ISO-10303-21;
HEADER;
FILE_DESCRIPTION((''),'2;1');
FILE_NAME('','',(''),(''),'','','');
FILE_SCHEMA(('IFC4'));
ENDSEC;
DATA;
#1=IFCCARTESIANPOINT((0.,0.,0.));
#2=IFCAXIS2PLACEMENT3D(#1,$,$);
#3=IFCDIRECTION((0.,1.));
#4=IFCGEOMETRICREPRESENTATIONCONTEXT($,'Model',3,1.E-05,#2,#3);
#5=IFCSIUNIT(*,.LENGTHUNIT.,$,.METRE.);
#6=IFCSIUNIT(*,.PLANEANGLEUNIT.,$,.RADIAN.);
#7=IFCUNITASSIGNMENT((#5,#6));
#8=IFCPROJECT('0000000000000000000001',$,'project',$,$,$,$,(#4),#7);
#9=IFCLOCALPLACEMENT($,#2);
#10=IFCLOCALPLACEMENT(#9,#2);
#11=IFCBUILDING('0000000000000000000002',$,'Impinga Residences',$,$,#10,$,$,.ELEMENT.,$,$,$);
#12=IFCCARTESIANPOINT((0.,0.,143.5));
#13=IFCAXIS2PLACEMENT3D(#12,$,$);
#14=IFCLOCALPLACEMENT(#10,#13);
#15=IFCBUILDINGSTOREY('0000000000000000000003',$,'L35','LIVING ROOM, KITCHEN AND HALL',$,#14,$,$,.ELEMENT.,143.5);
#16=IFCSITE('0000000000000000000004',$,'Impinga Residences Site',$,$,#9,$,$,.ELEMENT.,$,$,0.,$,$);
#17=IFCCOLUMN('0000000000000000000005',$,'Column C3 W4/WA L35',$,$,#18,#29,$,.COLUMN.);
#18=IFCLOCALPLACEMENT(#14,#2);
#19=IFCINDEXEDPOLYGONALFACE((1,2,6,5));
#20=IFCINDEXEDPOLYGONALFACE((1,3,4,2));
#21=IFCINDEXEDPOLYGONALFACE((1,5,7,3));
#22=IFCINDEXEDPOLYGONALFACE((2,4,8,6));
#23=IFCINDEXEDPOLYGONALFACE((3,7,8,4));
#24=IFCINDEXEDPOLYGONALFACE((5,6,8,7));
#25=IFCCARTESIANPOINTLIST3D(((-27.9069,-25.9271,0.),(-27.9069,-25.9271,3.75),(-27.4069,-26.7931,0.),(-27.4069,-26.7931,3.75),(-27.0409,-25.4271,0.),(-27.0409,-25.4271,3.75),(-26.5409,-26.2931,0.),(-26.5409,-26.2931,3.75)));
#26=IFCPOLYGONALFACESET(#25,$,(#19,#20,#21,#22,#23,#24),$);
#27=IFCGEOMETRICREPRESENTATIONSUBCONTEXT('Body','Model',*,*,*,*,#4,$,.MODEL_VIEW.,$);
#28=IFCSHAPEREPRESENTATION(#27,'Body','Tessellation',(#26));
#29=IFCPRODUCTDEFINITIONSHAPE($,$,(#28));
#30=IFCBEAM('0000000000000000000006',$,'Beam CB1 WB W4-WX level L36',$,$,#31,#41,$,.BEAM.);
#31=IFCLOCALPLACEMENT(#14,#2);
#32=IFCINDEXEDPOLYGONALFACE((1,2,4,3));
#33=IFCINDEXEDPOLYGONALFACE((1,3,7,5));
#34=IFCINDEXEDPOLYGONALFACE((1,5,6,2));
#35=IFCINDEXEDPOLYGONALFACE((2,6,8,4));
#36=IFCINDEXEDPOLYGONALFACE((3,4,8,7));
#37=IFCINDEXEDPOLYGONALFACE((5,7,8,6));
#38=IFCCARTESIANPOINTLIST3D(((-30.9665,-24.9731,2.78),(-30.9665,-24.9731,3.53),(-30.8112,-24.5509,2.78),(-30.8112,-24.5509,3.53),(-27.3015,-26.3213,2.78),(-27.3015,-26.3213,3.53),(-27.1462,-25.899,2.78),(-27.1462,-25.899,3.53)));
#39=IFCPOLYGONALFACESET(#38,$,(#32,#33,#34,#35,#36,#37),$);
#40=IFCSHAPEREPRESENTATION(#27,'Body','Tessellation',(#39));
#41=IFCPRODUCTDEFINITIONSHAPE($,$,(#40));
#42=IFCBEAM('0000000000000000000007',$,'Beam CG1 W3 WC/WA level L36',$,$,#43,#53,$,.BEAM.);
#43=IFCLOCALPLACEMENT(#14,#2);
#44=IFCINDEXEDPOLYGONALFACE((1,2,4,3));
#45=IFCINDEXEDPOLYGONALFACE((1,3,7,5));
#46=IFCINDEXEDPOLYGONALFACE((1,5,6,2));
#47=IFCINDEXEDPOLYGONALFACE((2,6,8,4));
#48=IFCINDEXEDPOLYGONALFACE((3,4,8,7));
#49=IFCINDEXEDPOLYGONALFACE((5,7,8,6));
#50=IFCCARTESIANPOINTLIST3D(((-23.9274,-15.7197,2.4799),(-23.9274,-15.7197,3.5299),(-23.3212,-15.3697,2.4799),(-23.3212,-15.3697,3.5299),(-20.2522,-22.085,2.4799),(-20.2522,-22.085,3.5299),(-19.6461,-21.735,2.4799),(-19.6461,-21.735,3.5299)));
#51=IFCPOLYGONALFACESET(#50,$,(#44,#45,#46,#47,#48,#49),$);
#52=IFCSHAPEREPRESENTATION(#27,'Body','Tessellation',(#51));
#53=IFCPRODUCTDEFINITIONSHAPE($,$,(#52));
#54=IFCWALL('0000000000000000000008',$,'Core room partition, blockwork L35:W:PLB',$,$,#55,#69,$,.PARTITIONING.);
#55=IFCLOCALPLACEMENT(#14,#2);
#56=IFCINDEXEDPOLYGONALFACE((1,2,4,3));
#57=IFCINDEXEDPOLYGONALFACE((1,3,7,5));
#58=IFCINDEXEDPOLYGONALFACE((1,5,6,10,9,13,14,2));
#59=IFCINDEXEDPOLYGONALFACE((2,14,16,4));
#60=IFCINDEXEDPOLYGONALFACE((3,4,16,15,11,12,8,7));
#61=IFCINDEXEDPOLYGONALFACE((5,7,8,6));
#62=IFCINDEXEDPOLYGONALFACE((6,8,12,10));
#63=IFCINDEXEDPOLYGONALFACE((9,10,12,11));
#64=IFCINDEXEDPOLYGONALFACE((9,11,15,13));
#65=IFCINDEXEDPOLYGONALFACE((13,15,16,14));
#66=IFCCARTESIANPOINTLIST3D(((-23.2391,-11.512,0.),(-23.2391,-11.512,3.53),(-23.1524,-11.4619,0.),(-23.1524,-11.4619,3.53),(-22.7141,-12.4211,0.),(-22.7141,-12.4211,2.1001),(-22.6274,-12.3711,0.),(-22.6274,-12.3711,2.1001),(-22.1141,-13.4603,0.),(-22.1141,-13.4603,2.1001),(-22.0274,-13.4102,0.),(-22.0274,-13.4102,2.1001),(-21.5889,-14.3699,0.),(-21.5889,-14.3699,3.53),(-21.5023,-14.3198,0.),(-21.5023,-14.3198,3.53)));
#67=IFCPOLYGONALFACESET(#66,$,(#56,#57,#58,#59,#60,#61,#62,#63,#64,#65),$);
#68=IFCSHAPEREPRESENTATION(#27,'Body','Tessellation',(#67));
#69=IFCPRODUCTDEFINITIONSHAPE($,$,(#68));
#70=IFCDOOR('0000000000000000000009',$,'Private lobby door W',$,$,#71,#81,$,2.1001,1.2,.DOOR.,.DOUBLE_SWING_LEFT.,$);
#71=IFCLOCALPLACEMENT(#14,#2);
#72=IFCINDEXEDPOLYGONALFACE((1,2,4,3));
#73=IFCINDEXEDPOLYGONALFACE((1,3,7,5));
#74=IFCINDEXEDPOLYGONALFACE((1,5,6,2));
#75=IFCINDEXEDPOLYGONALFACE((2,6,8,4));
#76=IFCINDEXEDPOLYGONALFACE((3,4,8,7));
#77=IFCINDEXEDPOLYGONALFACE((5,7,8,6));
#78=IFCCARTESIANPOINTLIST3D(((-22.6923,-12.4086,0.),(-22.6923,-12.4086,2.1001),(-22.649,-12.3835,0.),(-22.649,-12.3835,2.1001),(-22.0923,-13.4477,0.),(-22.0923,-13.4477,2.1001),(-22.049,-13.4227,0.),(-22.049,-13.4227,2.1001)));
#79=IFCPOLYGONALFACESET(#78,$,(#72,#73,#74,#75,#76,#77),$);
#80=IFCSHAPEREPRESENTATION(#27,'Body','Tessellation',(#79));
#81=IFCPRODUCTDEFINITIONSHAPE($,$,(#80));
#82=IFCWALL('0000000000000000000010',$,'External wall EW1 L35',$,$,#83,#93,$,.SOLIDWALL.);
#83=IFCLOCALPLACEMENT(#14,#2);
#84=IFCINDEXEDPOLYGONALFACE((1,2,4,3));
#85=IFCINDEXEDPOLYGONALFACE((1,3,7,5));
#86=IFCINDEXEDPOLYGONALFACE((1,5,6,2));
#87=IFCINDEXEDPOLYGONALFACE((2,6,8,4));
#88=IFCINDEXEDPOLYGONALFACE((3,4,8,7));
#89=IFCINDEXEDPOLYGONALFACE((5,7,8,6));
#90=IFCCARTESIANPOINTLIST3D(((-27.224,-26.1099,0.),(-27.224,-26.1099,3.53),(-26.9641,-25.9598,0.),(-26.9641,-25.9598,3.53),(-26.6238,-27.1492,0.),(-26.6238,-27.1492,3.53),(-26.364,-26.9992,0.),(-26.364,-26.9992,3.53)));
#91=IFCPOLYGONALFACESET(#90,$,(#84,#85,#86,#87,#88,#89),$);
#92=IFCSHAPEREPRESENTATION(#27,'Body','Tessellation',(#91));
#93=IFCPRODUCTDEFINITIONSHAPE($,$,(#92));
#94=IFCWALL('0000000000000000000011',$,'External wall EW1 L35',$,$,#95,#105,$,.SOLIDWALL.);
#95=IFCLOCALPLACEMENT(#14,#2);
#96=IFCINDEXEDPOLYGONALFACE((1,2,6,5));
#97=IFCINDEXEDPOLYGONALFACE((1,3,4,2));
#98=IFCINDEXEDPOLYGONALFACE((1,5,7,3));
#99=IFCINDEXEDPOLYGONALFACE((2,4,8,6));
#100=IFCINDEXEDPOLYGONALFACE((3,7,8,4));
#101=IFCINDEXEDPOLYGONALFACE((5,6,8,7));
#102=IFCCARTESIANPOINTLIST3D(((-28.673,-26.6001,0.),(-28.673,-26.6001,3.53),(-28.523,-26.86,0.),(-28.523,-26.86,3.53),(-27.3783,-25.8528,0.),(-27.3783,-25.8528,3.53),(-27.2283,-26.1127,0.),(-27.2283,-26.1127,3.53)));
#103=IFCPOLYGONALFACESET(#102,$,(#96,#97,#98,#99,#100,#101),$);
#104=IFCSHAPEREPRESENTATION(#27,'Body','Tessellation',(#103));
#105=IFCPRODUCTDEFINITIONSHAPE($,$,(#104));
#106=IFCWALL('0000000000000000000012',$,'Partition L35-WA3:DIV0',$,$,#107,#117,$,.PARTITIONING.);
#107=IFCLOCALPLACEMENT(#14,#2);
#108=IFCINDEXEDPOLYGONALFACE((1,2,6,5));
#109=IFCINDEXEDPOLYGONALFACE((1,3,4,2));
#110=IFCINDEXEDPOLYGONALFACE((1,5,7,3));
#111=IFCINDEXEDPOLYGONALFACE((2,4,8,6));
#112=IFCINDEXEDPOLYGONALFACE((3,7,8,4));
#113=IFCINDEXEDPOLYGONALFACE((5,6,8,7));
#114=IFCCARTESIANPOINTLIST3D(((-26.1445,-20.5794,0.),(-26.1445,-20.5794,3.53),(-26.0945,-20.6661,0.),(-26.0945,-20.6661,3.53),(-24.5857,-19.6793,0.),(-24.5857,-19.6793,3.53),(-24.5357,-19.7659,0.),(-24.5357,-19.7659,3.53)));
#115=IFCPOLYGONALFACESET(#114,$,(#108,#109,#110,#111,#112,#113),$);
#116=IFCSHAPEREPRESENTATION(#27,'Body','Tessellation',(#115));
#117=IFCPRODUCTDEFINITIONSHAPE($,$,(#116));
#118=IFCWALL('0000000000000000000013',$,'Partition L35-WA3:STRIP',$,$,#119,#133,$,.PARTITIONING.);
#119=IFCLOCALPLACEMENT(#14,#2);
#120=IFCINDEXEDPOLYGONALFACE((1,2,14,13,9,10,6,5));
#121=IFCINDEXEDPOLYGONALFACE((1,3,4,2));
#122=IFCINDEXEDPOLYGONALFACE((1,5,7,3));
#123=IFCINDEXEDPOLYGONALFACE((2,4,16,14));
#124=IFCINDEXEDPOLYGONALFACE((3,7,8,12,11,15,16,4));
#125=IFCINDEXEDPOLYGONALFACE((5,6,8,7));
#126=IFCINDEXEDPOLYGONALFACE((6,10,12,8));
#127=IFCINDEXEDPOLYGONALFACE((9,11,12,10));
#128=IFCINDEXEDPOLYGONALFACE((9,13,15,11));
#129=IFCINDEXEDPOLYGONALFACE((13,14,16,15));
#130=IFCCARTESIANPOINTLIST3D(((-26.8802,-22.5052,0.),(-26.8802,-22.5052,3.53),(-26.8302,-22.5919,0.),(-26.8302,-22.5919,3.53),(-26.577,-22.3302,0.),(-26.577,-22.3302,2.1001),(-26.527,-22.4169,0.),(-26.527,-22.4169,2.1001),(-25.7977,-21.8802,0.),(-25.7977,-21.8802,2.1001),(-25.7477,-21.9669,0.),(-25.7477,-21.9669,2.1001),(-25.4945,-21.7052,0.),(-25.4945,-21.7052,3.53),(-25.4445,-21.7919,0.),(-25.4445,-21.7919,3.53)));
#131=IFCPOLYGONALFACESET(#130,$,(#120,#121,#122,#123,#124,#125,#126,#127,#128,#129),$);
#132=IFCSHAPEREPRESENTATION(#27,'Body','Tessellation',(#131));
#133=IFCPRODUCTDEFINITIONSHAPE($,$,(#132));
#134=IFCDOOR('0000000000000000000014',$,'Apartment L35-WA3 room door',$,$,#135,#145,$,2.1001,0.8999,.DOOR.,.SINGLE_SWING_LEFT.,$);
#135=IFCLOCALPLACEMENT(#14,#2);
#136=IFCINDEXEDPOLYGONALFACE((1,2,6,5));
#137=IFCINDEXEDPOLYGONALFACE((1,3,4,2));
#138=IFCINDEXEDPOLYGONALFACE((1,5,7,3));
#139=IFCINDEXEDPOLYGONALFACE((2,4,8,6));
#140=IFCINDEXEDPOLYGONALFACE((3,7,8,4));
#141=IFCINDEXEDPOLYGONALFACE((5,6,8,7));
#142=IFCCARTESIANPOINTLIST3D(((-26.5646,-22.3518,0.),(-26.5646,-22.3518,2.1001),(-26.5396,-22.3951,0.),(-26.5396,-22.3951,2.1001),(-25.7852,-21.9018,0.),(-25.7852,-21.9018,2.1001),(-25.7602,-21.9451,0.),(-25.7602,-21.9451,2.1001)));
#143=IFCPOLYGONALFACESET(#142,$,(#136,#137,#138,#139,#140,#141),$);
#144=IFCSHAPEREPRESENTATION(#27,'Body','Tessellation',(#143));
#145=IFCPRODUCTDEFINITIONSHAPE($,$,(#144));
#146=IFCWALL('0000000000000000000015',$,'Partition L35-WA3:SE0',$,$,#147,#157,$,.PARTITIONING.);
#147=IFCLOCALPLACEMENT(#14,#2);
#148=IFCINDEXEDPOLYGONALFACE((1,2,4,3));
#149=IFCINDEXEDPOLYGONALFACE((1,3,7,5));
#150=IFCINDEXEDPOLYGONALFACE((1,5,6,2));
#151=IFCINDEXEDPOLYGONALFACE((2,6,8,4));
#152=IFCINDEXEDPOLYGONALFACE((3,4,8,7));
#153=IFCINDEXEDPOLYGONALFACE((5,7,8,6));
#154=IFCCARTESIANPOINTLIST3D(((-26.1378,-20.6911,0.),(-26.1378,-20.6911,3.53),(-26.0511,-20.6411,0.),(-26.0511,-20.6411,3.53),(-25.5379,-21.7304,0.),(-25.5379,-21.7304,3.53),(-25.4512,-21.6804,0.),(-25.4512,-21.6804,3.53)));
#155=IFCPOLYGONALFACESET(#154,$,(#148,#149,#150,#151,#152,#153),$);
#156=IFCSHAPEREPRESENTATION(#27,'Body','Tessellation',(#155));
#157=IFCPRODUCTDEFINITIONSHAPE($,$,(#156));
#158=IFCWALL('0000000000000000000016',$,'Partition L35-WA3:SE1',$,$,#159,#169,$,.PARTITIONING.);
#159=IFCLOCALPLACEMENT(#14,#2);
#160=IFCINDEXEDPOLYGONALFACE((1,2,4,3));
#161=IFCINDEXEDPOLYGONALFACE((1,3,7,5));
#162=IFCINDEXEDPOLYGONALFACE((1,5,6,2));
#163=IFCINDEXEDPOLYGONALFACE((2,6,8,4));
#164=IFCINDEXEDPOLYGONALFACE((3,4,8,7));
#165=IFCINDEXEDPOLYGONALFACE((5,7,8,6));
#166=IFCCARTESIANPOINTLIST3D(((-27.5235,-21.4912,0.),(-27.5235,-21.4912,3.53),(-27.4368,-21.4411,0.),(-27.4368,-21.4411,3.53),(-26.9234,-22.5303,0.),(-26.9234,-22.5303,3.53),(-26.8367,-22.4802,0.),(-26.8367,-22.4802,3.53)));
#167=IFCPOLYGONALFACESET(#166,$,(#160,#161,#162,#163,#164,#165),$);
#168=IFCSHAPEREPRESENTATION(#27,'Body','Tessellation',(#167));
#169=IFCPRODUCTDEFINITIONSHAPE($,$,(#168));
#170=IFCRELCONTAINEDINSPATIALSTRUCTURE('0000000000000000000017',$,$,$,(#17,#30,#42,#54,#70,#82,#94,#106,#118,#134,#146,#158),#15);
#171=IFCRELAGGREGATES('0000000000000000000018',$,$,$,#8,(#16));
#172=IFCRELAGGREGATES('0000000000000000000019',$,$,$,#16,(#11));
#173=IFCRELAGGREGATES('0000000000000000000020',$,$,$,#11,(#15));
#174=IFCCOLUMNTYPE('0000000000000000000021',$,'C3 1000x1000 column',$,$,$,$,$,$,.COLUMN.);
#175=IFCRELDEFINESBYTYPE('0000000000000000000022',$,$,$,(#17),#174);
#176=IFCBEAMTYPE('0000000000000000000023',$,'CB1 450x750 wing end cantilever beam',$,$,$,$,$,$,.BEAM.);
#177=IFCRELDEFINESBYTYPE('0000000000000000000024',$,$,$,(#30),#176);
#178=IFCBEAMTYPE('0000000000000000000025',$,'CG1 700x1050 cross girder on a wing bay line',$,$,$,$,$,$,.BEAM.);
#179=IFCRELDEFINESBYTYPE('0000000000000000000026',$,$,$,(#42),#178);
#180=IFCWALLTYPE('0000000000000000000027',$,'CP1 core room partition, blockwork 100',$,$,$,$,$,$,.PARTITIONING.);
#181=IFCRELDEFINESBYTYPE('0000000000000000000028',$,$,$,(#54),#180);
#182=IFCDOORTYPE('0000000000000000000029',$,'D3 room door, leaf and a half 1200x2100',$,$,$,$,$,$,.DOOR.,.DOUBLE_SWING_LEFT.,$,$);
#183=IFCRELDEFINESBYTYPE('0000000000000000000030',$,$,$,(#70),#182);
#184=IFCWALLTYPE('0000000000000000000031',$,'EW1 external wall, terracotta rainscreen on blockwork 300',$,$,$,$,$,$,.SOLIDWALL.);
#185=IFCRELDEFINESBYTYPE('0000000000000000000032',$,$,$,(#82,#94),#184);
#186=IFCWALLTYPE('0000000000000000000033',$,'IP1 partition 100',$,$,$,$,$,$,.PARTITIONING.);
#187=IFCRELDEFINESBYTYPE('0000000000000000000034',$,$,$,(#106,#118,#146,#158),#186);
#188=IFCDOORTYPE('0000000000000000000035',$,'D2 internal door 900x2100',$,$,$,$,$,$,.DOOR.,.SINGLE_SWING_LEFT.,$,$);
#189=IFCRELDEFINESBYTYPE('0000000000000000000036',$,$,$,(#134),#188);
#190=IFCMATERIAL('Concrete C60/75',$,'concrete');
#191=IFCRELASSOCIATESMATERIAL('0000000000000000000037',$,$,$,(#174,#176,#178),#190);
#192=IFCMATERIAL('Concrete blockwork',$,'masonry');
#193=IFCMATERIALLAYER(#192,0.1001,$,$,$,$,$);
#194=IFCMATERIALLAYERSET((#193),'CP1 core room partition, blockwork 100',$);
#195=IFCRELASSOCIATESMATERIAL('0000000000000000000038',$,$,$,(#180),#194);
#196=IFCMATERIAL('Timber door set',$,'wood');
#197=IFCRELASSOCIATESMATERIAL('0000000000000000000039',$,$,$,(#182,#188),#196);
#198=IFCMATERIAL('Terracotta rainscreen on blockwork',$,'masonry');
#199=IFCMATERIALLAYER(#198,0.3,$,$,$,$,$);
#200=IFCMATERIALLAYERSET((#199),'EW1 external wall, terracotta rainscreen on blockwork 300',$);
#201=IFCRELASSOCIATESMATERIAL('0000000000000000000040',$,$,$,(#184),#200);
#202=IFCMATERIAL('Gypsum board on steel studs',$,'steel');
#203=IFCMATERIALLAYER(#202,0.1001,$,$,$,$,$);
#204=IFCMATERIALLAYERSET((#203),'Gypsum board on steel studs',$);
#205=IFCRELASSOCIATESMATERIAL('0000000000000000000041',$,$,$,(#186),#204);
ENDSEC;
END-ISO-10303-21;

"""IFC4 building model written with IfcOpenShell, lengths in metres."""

from ifc_helpers import new_model, si_unit, direction, frame, frame_2d, origin, origin_2d, place, context, subcontext, project, spatial, rectangle, extrude, material, layer, layer_set, material_profile, profile_set, type_object, element, fill, save


model = new_model("IFC4")

# Units and contexts
model_context = context("Model", 3, precision=1e-05, world=origin(), true_north=direction((0.0, 1.0)))
body_context = subcontext(model_context, "Body", "Model", "MODEL_VIEW")
ifc_project = project(units=[si_unit("LENGTHUNIT", "METRE"), si_unit("PLANEANGLEUNIT", "RADIAN")], contexts=[model_context])

# Site, building, storey
site_placement = place(None, origin())
site = spatial("IfcSite", under=ifc_project, at=site_placement, Name="Impinga Residences Site", CompositionType="ELEMENT", RefElevation=0.0)
building_placement = place(site_placement, origin())
building = spatial("IfcBuilding", under=site, at=building_placement, Name="Impinga Residences", CompositionType="ELEMENT")
storey_placement = place(building_placement, frame((0.0, 0.0, 143.5)))
storey = spatial("IfcBuildingStorey", under=building, at=storey_placement, Name="L35", Description="LIVING ROOM, KITCHEN AND HALL", CompositionType="ELEMENT", Elevation=143.5)

# Column
ifc_material_1 = material(Name="Concrete C60/75", Category="concrete")
ifc_material_profile_1 = material_profile(ifc_material_1, rectangle(XDim=1.0, YDim=1.0, at=origin_2d()), Name="RC 1000x1000")
ifc_profile_set_1 = profile_set([ifc_material_profile_1], Name="Concrete C60/75")
column_type = type_object("IfcColumnType", Name="C3 1000x1000 column", PredefinedType="COLUMN", material=ifc_profile_set_1)
column_placement = place(storey_placement, frame((-27.2239, -26.1101, 0.0), z_axis=(0.0, 0.0, 1.0), x_axis=(-0.5, 0.866025, 0.0)))
element("IfcColumn", 1, at=column_placement, inside=storey, type_object=column_type, Name="Column C3 W4/WA L35", PredefinedType="COLUMN", context=body_context, shape_type="SweptSolid", body=[
    extrude(rectangle(XDim=1.0, YDim=1.0, at=origin_2d()), origin(), (0.0, 0.0, 1.0), 3.75),
])

# Beams
ifc_material_profile_2 = material_profile(ifc_material_1, rectangle(XDim=0.45, YDim=0.75, at=origin_2d()), Name="RC 450x750")
ifc_profile_set_2 = profile_set([ifc_material_profile_2], Name="Concrete C60/75")
beam_type_1 = type_object("IfcBeamType", Name="CB1 450x750 wing end cantilever beam", PredefinedType="BEAM", material=ifc_profile_set_2)
beam_1_placement = place(storey_placement, frame((-27.2239, -26.1101, 3.155), z_axis=(-0.93852, 0.345224, 0.0), x_axis=(-0.345224, -0.93852, 0.0)))
element("IfcBeam", 2, at=beam_1_placement, inside=storey, type_object=beam_type_1, Name="Beam CB1 WB W4-WX level L36", PredefinedType="BEAM", context=body_context, shape_type="SweptSolid", body=[
    extrude(rectangle(XDim=0.45, YDim=0.75, at=origin_2d()), origin(), (0.0, 0.0, 1.0), 3.905),
])
ifc_material_profile_3 = material_profile(ifc_material_1, rectangle(XDim=0.7, YDim=1.05, at=origin_2d()), Name="RC 700x1050")
ifc_profile_set_3 = profile_set([ifc_material_profile_3], Name="Concrete C60/75")
beam_type_2 = type_object("IfcBeamType", Name="CG1 700x1050 cross girder on a wing bay line", PredefinedType="BEAM", material=ifc_profile_set_3)
beam_2_placement = place(storey_placement, frame((-23.6243, -15.5447, 3.0049), z_axis=(0.500008, -0.866021, 0.0), x_axis=(0.866021, 0.500008, 0.0)))
element("IfcBeam", 3, at=beam_2_placement, inside=storey, type_object=beam_type_2, Name="Beam CG1 W3 WC/WA level L36", PredefinedType="BEAM", context=body_context, shape_type="SweptSolid", body=[
    extrude(rectangle(XDim=0.7, YDim=1.05, at=origin_2d()), origin(), (0.0, 0.0, 1.0), 7.3501),
])

# Wall, opening, door
ifc_material_2 = material(Name="Concrete blockwork", Category="masonry")
ifc_layer_1 = layer(ifc_material_2, 0.1001)
ifc_layer_set_1 = layer_set([ifc_layer_1], Name="CP1 core room partition, blockwork 100")
wall_type_1 = type_object("IfcWallType", Name="CP1 core room partition, blockwork 100", PredefinedType="PARTITIONING", material=ifc_layer_set_1)
wall_1_placement = place(storey_placement, frame((-21.5457, -14.3447, 0.0), z_axis=(0.0, 0.0, 1.0), x_axis=(-0.50003, 0.866008, 0.0)))
wall_1 = element("IfcWall", 4, at=wall_1_placement, inside=storey, type_object=wall_type_1, Name="Core room partition, blockwork L35:W:PLB", PredefinedType="PARTITIONING", context=body_context, shape_type="SweptSolid", body=[
    extrude(rectangle(XDim=3.3, YDim=0.1001, at=frame_2d((1.6499, 0.0))), origin(), (0.0, 0.0, 1.0), 3.53),
])
opening_1_placement = place(wall_1_placement, frame((1.05, 0.0, 0.0)))
opening_1 = element("IfcOpeningElement", 5, at=opening_1_placement, cuts=wall_1, PredefinedType="OPENING", context=body_context, shape_type="SweptSolid", body=[
    extrude(rectangle(XDim=1.2, YDim=2.1001, at=frame_2d((0.6001, 1.05))), frame((0.0, 0.0601, 0.0), z_axis=(0.0, -1.0, 0.0), x_axis=(1.0, 0.0, 0.0)), (0.0, 0.0, 1.0), 0.1201),
])
ifc_material_3 = material(Name="Timber door set", Category="wood")
door_type_1 = type_object("IfcDoorType", Name="D3 room door, leaf and a half 1200x2100", OperationType="DOUBLE_SWING_LEFT", PredefinedType="DOOR", material=ifc_material_3)
door_1_placement = place(opening_1_placement, origin())
door_1 = element("IfcDoor", 6, at=door_1_placement, inside=storey, type_object=door_type_1, Name="Private lobby door W", OperationType="DOUBLE_SWING_LEFT", OverallHeight=2.1001, OverallWidth=1.2, PredefinedType="DOOR", context=body_context, shape_type="SweptSolid", body=[
    extrude(rectangle(XDim=1.2, YDim=2.1001, at=frame_2d((0.6001, 1.05))), frame((0.0, 0.0249, 0.0), z_axis=(0.0, -1.0, 0.0), x_axis=(1.0, 0.0, 0.0)), (0.0, 0.0, 1.0), 0.05),
])
fill(opening_1, door_1)

# Walls
ifc_material_4 = material(Name="Terracotta rainscreen on blockwork", Category="masonry")
ifc_layer_2 = layer(ifc_material_4, 0.3)
ifc_layer_set_2 = layer_set([ifc_layer_2], Name="EW1 external wall, terracotta rainscreen on blockwork 300")
wall_type_2 = type_object("IfcWallType", Name="EW1 external wall, terracotta rainscreen on blockwork 300", PredefinedType="SOLIDWALL", material=ifc_layer_set_2)
wall_2_placement = place(storey_placement, frame((-26.4939, -27.0742, 0.0), z_axis=(0.0, 0.0, 1.0), x_axis=(-0.500034, 0.866006, 0.0)))
element("IfcWall", 7, at=wall_2_placement, inside=storey, type_object=wall_type_2, Name="External wall EW1 L35", PredefinedType="SOLIDWALL", context=body_context, shape_type="SweptSolid", body=[
    extrude(rectangle(XDim=1.2002, YDim=0.3, at=frame_2d((0.6001, 0.0))), origin(), (0.0, 0.0, 1.0), 3.53),
])
wall_3_placement = place(storey_placement, frame((-27.3032, -25.9827, 0.0), z_axis=(0.0, 0.0, 1.0), x_axis=(-0.866074, -0.499916, 0.0)))
element("IfcWall", 8, at=wall_3_placement, inside=storey, type_object=wall_type_2, Name="External wall EW1 L35", PredefinedType="SOLIDWALL", context=body_context, shape_type="SweptSolid", body=[
    extrude(rectangle(XDim=1.4949, YDim=0.3, at=frame_2d((0.7476, 0.0))), origin(), (0.0, 0.0, 1.0), 3.53),
])
ifc_material_5 = material(Name="Gypsum board on steel studs", Category="steel")
ifc_layer_3 = layer(ifc_material_5, 0.1001)
ifc_layer_set_3 = layer_set([ifc_layer_3], Name="Gypsum board on steel studs")
wall_type_3 = type_object("IfcWallType", Name="IP1 partition 100", PredefinedType="PARTITIONING", material=ifc_layer_set_3)
wall_4_placement = place(storey_placement, frame((-24.5608, -19.7227, 0.0), z_axis=(0.0, 0.0, 1.0), x_axis=(-0.865989, -0.500063, 0.0)))
element("IfcWall", 9, at=wall_4_placement, inside=storey, type_object=wall_type_3, Name="Partition L35-WA3:DIV0", PredefinedType="PARTITIONING", context=body_context, shape_type="SweptSolid", body=[
    extrude(rectangle(XDim=1.8, YDim=0.1001, at=frame_2d((0.8999, 0.0))), origin(), (0.0, 0.0, 1.0), 3.53),
])

# Wall, opening, door
wall_5_placement = place(storey_placement, frame((-25.4695, -21.7485, 0.0), z_axis=(0.0, 0.0, 1.0), x_axis=(-0.866028, -0.499995, 0.0)))
wall_5 = element("IfcWall", 10, at=wall_5_placement, inside=storey, type_object=wall_type_3, Name="Partition L35-WA3:STRIP", PredefinedType="PARTITIONING", context=body_context, shape_type="SweptSolid", body=[
    extrude(rectangle(XDim=1.6001, YDim=0.1001, at=frame_2d((0.8, 0.0))), origin(), (0.0, 0.0, 1.0), 3.53),
])
opening_2_placement = place(wall_5_placement, frame((0.3501, 0.0, 0.0)))
opening_2 = element("IfcOpeningElement", 11, at=opening_2_placement, cuts=wall_5, PredefinedType="OPENING", context=body_context, shape_type="SweptSolid", body=[
    extrude(rectangle(XDim=0.8999, YDim=2.1001, at=frame_2d((0.45, 1.05))), frame((0.0, 0.0601, 0.0), z_axis=(0.0, -1.0, 0.0), x_axis=(1.0, 0.0, 0.0)), (0.0, 0.0, 1.0), 0.1201),
])
door_type_2 = type_object("IfcDoorType", Name="D2 internal door 900x2100", OperationType="SINGLE_SWING_LEFT", PredefinedType="DOOR", material=ifc_material_3)
door_2_placement = place(opening_2_placement, origin())
door_2 = element("IfcDoor", 12, at=door_2_placement, inside=storey, type_object=door_type_2, Name="Apartment L35-WA3 room door", OperationType="SINGLE_SWING_LEFT", OverallHeight=2.1001, OverallWidth=0.8999, PredefinedType="DOOR", context=body_context, shape_type="SweptSolid", body=[
    extrude(rectangle(XDim=0.8999, YDim=2.1001, at=frame_2d((0.45, 1.05))), frame((0.0, 0.0249, 0.0), z_axis=(0.0, -1.0, 0.0), x_axis=(1.0, 0.0, 0.0)), (0.0, 0.0, 1.0), 0.05),
])
fill(opening_2, door_2)

# Walls
for number, where, z_axis, x_axis, name in (
    (13, (-26.0945, -20.666, 0.0), (0.0, 0.0, 1.0), (0.499881, -0.866094, 0.0), "Partition L35-WA3:SE0"),
    (14, (-27.4802, -21.4661, 0.0), (0.0, 0.0, 1.0), (0.500122, -0.865955, 0.0), "Partition L35-WA3:SE1"),
):
    element("IfcWall", number, at=place(storey_placement, frame(where, z_axis=z_axis, x_axis=x_axis)), inside=storey, type_object=wall_type_3, Name=name, PredefinedType="PARTITIONING", context=body_context, shape_type="SweptSolid", body=[
        extrude(rectangle(XDim=1.2, YDim=0.1001, at=frame_2d((0.6001, 0.0))), origin(), (0.0, 0.0, 1.0), 3.53),
    ])

save(model, "model.ifc")
